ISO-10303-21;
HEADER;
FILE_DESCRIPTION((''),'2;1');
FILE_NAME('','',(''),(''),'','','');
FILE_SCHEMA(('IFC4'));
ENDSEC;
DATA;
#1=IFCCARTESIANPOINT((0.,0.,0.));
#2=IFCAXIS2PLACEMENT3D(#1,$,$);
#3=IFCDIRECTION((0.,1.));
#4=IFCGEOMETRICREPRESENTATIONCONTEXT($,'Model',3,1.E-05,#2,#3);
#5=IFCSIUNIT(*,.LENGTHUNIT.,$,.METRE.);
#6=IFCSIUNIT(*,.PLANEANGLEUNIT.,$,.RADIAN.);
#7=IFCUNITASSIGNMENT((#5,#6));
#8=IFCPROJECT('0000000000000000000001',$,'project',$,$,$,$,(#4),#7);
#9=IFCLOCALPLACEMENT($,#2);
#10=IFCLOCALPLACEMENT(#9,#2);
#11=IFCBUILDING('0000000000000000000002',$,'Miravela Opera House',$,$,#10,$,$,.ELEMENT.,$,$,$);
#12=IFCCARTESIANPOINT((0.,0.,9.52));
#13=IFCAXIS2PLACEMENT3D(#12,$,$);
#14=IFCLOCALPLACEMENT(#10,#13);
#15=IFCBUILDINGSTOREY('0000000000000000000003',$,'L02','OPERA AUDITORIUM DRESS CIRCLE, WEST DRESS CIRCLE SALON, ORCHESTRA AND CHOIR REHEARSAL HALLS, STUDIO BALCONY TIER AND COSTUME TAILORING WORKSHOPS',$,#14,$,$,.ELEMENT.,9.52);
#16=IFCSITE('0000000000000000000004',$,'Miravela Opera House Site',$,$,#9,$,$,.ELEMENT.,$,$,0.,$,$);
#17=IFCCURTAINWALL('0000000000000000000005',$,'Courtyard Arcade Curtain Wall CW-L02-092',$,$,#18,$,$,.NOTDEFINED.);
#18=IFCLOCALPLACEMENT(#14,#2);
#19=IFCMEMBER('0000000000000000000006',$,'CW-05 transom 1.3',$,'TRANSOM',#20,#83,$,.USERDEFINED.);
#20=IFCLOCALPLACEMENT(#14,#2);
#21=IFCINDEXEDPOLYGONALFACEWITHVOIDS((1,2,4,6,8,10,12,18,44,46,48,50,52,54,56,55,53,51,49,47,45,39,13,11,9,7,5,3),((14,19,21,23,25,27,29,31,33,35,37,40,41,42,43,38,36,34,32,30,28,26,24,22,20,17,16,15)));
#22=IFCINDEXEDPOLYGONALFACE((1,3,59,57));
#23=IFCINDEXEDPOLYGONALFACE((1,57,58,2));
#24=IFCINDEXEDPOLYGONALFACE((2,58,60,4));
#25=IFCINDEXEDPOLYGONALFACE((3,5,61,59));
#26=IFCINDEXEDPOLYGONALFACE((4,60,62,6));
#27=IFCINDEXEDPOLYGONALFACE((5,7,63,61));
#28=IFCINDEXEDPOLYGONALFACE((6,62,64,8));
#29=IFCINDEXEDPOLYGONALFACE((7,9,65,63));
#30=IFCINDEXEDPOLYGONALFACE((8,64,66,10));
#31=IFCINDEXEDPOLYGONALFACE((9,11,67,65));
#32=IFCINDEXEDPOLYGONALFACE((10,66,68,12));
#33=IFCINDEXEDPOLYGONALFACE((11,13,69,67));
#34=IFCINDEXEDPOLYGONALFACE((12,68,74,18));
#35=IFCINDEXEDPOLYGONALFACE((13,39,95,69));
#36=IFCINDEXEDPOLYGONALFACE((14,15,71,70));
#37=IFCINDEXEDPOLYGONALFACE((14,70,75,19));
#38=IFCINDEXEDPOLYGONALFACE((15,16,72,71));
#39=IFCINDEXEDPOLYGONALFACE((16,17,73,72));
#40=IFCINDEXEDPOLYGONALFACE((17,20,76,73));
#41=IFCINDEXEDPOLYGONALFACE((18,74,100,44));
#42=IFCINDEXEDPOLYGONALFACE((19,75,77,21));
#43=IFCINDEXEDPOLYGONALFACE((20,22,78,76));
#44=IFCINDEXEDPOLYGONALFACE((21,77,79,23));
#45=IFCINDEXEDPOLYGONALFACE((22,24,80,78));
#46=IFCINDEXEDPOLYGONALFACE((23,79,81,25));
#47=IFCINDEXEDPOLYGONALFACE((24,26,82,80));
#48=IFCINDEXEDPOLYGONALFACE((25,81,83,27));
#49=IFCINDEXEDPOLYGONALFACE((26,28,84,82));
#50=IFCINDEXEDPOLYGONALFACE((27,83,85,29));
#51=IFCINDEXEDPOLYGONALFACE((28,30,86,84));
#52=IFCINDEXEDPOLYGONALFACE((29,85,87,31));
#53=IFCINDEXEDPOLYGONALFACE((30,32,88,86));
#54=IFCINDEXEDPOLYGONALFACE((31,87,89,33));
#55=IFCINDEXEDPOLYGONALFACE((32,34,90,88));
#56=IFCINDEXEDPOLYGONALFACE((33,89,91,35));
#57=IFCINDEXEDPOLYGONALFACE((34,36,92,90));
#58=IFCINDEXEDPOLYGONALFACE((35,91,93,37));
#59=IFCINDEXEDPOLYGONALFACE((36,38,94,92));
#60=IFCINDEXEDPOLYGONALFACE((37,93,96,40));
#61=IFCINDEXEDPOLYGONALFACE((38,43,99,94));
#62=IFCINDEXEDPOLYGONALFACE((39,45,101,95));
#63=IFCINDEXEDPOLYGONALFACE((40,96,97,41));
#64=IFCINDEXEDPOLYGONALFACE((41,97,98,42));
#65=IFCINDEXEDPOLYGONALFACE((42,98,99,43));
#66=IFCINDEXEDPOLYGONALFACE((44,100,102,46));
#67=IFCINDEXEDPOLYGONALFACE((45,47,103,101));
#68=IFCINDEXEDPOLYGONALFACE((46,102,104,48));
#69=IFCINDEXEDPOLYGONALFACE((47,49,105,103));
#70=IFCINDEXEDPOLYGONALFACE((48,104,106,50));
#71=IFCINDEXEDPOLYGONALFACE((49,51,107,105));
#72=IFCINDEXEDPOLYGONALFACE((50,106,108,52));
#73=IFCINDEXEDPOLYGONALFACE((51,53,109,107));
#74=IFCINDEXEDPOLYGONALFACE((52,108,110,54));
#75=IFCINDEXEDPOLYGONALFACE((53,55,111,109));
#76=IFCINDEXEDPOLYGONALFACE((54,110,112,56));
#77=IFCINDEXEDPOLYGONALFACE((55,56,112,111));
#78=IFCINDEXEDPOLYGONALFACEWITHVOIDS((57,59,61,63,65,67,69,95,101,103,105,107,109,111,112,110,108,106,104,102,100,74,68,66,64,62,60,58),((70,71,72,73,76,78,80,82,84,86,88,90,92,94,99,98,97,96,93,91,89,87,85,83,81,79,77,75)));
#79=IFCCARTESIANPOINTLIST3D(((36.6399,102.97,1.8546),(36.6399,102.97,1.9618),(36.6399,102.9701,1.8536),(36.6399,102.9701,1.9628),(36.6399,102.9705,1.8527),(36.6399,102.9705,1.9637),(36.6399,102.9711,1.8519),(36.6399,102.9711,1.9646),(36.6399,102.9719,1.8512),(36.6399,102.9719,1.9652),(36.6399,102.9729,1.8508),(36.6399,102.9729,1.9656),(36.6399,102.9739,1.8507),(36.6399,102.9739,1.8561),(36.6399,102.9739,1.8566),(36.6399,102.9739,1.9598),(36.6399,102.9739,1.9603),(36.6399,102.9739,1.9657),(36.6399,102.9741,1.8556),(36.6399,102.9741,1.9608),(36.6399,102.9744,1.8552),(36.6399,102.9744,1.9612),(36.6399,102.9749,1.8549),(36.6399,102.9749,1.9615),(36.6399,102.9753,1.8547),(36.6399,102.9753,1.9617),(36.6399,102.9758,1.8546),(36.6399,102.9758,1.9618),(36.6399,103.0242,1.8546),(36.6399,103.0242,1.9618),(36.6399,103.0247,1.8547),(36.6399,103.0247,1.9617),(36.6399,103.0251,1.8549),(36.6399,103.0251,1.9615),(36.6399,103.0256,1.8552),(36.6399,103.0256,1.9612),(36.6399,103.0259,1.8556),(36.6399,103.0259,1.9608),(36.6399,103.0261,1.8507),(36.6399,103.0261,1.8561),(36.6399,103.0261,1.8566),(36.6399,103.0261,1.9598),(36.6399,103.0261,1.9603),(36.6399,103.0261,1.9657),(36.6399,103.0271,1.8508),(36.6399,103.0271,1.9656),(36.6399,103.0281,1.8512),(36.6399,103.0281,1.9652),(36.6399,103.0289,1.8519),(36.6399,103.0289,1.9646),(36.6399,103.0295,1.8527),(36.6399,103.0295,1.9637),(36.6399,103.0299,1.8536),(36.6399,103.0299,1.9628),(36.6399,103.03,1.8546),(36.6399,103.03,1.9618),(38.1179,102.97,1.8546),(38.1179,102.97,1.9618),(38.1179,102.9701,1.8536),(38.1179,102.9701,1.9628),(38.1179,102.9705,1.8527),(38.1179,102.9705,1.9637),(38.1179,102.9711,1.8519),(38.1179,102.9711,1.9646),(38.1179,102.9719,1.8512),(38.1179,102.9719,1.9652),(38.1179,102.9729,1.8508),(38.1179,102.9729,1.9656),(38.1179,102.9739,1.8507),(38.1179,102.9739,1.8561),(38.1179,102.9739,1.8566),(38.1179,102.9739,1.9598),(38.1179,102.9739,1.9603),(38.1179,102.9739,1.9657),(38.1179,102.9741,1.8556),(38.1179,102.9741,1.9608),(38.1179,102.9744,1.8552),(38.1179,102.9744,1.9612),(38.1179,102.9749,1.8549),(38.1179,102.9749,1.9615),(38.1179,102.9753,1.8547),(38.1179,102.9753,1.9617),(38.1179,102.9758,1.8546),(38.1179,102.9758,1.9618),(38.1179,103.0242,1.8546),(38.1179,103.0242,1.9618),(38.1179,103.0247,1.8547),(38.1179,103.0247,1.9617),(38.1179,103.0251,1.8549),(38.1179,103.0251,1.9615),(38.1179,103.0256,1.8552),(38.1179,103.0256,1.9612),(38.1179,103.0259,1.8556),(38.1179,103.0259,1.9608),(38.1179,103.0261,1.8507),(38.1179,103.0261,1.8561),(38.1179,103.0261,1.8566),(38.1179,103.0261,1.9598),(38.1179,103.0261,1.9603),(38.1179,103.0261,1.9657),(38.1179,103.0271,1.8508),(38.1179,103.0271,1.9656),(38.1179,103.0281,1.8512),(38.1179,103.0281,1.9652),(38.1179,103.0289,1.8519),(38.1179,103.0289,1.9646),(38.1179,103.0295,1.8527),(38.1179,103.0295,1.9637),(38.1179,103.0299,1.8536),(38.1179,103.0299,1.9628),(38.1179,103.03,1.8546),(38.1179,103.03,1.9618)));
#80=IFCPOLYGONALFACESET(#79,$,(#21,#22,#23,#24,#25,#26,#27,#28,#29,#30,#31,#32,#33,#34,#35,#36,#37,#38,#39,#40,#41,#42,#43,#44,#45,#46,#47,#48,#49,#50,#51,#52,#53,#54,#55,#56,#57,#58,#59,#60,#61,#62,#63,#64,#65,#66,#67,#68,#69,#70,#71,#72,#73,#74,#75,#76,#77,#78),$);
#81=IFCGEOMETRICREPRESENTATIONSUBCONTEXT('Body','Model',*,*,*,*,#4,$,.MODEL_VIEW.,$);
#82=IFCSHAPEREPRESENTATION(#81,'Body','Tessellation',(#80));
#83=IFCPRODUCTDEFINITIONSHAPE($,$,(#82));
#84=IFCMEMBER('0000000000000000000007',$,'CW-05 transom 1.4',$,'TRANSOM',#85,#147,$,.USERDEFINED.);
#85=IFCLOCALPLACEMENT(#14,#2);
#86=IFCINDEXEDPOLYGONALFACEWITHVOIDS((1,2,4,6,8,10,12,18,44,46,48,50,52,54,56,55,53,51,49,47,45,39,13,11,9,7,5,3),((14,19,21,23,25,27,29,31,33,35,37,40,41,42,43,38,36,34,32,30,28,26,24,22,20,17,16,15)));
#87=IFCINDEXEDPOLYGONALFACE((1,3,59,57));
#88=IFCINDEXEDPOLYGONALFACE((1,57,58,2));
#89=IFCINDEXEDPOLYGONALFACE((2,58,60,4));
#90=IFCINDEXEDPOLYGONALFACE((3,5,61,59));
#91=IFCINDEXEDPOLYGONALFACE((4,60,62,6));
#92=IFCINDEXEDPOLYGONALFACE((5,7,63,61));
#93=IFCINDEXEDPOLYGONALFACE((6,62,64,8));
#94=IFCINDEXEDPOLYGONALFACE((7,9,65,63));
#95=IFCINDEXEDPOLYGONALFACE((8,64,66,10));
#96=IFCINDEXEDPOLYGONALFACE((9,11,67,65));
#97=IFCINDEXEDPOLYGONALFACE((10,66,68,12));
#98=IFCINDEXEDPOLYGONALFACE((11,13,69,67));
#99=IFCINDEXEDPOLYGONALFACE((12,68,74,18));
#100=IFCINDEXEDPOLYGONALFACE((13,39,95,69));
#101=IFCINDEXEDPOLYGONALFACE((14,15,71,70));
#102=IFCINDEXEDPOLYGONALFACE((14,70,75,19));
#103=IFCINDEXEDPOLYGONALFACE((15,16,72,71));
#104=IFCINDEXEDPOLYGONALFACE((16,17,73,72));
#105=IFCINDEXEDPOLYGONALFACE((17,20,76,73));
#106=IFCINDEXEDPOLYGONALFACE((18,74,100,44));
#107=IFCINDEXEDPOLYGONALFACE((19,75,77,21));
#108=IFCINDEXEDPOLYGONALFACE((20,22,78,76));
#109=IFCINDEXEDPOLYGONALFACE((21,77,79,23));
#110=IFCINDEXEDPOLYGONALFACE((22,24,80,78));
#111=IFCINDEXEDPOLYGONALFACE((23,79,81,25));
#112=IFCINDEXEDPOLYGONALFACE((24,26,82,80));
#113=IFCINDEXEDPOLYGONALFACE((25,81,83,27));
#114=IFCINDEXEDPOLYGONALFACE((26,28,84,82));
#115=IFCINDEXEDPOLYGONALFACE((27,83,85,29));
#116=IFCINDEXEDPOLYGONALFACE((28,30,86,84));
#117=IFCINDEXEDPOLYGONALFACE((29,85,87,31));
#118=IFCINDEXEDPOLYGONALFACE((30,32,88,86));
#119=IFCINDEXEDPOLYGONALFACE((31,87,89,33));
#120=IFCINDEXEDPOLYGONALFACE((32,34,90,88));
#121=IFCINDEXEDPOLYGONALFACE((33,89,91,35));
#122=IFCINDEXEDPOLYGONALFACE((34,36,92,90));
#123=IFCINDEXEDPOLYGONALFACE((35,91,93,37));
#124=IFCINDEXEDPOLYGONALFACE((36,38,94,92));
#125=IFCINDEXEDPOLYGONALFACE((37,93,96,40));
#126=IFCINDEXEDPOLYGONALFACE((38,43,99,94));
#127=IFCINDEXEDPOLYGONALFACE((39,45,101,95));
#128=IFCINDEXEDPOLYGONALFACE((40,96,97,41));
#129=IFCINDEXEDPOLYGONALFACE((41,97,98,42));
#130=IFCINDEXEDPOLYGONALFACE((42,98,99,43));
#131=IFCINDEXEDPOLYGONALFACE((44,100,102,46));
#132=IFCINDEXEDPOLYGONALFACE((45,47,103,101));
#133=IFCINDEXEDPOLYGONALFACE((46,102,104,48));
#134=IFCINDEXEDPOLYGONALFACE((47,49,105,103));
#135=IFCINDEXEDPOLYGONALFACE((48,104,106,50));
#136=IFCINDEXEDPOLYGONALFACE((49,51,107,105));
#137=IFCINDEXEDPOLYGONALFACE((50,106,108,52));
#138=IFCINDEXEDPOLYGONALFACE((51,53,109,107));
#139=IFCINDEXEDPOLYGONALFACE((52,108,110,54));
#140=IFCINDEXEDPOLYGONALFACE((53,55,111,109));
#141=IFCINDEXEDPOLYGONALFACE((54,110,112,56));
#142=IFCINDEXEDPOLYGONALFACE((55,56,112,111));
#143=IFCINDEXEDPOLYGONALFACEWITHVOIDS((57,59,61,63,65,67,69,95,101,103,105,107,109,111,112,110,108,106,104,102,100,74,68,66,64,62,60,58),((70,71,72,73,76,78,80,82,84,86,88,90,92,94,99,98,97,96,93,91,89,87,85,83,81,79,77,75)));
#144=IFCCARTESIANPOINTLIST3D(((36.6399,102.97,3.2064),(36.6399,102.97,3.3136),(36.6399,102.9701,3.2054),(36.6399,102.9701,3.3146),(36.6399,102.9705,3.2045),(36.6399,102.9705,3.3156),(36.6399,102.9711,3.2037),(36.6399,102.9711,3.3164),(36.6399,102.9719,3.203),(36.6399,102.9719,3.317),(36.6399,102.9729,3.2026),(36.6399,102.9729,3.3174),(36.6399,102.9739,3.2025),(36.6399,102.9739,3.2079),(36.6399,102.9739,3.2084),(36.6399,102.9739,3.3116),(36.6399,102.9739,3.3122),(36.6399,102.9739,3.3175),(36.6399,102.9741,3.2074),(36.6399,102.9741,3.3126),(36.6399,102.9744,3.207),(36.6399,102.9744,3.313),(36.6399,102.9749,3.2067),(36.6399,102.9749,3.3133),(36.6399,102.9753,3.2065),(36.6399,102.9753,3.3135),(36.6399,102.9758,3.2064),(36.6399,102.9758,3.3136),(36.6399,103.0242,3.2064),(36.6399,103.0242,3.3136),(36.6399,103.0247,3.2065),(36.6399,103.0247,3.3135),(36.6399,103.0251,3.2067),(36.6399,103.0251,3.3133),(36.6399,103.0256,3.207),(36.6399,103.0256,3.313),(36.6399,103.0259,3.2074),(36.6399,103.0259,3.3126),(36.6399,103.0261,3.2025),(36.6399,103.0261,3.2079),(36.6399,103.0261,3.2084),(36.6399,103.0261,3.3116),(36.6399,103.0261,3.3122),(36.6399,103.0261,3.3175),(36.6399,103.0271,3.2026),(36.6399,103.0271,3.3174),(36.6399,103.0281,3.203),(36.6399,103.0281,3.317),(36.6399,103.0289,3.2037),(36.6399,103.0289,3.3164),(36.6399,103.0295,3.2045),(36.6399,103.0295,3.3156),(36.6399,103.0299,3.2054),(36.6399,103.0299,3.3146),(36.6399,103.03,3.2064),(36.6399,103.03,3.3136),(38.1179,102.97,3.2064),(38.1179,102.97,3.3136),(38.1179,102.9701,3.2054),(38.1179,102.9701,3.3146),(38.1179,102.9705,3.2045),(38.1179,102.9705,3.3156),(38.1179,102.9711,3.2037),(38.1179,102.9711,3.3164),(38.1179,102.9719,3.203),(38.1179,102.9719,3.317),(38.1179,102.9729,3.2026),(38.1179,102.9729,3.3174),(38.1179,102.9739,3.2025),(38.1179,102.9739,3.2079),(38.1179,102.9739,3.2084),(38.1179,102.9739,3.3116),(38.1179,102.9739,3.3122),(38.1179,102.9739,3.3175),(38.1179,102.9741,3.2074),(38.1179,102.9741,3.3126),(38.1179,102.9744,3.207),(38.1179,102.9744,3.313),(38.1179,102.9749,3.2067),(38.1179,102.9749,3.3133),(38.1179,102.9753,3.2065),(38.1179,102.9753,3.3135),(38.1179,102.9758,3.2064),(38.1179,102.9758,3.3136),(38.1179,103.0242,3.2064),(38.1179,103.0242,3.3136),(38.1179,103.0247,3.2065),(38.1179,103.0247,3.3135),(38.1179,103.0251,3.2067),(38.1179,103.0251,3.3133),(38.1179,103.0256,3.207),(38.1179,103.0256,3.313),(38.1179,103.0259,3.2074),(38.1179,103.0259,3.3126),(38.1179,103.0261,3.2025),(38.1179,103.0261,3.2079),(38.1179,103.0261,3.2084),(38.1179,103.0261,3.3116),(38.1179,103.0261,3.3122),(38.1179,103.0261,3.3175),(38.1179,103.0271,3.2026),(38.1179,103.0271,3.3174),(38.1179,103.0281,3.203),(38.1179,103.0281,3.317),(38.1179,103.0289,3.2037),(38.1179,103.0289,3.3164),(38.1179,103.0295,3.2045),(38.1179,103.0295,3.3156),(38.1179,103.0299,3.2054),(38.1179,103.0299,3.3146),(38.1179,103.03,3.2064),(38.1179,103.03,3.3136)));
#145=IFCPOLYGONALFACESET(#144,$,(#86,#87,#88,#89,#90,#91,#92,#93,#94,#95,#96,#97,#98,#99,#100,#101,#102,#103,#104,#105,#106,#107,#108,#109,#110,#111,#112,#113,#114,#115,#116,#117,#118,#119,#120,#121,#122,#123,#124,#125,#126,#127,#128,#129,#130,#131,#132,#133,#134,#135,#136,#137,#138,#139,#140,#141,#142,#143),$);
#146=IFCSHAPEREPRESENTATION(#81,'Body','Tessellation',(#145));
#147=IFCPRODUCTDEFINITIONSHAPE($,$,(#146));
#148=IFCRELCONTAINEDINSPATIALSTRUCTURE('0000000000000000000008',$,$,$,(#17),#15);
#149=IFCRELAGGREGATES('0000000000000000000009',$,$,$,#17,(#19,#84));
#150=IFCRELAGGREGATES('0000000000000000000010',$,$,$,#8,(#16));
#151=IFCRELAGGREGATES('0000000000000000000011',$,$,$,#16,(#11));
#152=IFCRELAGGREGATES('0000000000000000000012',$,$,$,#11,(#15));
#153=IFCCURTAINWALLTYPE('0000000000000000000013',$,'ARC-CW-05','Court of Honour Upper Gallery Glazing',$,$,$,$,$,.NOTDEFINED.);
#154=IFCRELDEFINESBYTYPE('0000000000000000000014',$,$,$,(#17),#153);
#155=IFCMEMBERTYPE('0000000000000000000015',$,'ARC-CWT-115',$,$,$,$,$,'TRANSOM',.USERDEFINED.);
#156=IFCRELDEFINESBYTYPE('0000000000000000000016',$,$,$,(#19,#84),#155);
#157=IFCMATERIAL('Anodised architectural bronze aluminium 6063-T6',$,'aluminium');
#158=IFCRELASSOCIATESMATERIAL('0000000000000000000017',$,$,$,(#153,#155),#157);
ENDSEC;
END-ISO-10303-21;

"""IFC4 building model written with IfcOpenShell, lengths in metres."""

from ifc_helpers import new_model, si_unit, direction, frame, origin, origin_2d, place, context, subcontext, project, spatial, hollow_rectangle, extrude, material, material_profile, profile_set, type_object, element, aggregate, save


model = new_model("IFC4")

# Units and contexts
model_context = context("Model", 3, precision=1e-05, world=origin(), true_north=direction((0.0, 1.0)))
body_context = subcontext(model_context, "Body", "Model", "MODEL_VIEW")
ifc_project = project(units=[si_unit("LENGTHUNIT", "METRE"), si_unit("PLANEANGLEUNIT", "RADIAN")], contexts=[model_context])

# Site, building, storey
site_placement = place(None, origin())
site = spatial("IfcSite", under=ifc_project, at=site_placement, Name="Miravela Opera House Site", CompositionType="ELEMENT", RefElevation=0.0)
building_placement = place(site_placement, origin())
building = spatial("IfcBuilding", under=site, at=building_placement, Name="Miravela Opera House", CompositionType="ELEMENT")
storey_placement = place(building_placement, frame((0.0, 0.0, 9.52)))
storey = spatial("IfcBuildingStorey", under=building, at=storey_placement, Name="L02", Description="OPERA AUDITORIUM DRESS CIRCLE, WEST DRESS CIRCLE SALON, ORCHESTRA AND CHOIR REHEARSAL HALLS, STUDIO BALCONY TIER AND COSTUME TAILORING WORKSHOPS", CompositionType="ELEMENT", Elevation=9.52)

# Curtain wall
ifc_material_1 = material(Name="Anodised architectural bronze aluminium 6063-T6", Category="aluminium")
curtain_wall_type = type_object("IfcCurtainWallType", Name="ARC-CW-05", Description="Court of Honour Upper Gallery Glazing", PredefinedType="NOTDEFINED", material=ifc_material_1)
curtain_wall_1_placement = place(storey_placement, origin())
curtain_wall_1 = element("IfcCurtainWall", 1, at=curtain_wall_1_placement, inside=storey, type_object=curtain_wall_type, Name="Courtyard Arcade Curtain Wall CW-L02-092", PredefinedType="NOTDEFINED")

# Members
ifc_material_profile_1 = material_profile(ifc_material_1, hollow_rectangle(XDim=0.0601, YDim=0.115, WallThickness=0.0039, InnerFilletRadius=0.002, OuterFilletRadius=0.0039, at=origin_2d()), Name="CWT-60X115")
ifc_profile_set_1 = profile_set([ifc_material_profile_1])
member_type_1 = type_object("IfcMemberType", Name="ARC-CWT-115", ElementType="TRANSOM", PredefinedType="USERDEFINED", material=ifc_profile_set_1)
member_1_placement = place(storey_placement, frame((36.6399, 103.0, 1.9082), z_axis=(1.0, 0.0, 0.0), x_axis=(0.0, 1.0, 0.0)))
member_1 = element("IfcMember", 2, at=member_1_placement, type_object=member_type_1, Name="CW-05 transom 1.3", ObjectType="TRANSOM", PredefinedType="USERDEFINED", context=body_context, shape_type="SweptSolid", body=[
    extrude(hollow_rectangle(XDim=0.0601, YDim=0.115, WallThickness=0.0039, InnerFilletRadius=0.002, OuterFilletRadius=0.0039, at=origin_2d()), origin(), (0.0, 0.0, 1.0), 1.478),
])
member_2_placement = place(storey_placement, frame((36.6399, 103.0, 3.26), z_axis=(1.0, 0.0, 0.0), x_axis=(0.0, 1.0, 0.0)))
member_2 = element("IfcMember", 3, at=member_2_placement, type_object=member_type_1, Name="CW-05 transom 1.4", ObjectType="TRANSOM", PredefinedType="USERDEFINED", context=body_context, shape_type="SweptSolid", body=[
    extrude(hollow_rectangle(XDim=0.0601, YDim=0.115, WallThickness=0.0039, InnerFilletRadius=0.002, OuterFilletRadius=0.0039, at=origin_2d()), origin(), (0.0, 0.0, 1.0), 1.478),
])

aggregate(curtain_wall_1, [member_1, member_2])

save(model, "model.ifc")
